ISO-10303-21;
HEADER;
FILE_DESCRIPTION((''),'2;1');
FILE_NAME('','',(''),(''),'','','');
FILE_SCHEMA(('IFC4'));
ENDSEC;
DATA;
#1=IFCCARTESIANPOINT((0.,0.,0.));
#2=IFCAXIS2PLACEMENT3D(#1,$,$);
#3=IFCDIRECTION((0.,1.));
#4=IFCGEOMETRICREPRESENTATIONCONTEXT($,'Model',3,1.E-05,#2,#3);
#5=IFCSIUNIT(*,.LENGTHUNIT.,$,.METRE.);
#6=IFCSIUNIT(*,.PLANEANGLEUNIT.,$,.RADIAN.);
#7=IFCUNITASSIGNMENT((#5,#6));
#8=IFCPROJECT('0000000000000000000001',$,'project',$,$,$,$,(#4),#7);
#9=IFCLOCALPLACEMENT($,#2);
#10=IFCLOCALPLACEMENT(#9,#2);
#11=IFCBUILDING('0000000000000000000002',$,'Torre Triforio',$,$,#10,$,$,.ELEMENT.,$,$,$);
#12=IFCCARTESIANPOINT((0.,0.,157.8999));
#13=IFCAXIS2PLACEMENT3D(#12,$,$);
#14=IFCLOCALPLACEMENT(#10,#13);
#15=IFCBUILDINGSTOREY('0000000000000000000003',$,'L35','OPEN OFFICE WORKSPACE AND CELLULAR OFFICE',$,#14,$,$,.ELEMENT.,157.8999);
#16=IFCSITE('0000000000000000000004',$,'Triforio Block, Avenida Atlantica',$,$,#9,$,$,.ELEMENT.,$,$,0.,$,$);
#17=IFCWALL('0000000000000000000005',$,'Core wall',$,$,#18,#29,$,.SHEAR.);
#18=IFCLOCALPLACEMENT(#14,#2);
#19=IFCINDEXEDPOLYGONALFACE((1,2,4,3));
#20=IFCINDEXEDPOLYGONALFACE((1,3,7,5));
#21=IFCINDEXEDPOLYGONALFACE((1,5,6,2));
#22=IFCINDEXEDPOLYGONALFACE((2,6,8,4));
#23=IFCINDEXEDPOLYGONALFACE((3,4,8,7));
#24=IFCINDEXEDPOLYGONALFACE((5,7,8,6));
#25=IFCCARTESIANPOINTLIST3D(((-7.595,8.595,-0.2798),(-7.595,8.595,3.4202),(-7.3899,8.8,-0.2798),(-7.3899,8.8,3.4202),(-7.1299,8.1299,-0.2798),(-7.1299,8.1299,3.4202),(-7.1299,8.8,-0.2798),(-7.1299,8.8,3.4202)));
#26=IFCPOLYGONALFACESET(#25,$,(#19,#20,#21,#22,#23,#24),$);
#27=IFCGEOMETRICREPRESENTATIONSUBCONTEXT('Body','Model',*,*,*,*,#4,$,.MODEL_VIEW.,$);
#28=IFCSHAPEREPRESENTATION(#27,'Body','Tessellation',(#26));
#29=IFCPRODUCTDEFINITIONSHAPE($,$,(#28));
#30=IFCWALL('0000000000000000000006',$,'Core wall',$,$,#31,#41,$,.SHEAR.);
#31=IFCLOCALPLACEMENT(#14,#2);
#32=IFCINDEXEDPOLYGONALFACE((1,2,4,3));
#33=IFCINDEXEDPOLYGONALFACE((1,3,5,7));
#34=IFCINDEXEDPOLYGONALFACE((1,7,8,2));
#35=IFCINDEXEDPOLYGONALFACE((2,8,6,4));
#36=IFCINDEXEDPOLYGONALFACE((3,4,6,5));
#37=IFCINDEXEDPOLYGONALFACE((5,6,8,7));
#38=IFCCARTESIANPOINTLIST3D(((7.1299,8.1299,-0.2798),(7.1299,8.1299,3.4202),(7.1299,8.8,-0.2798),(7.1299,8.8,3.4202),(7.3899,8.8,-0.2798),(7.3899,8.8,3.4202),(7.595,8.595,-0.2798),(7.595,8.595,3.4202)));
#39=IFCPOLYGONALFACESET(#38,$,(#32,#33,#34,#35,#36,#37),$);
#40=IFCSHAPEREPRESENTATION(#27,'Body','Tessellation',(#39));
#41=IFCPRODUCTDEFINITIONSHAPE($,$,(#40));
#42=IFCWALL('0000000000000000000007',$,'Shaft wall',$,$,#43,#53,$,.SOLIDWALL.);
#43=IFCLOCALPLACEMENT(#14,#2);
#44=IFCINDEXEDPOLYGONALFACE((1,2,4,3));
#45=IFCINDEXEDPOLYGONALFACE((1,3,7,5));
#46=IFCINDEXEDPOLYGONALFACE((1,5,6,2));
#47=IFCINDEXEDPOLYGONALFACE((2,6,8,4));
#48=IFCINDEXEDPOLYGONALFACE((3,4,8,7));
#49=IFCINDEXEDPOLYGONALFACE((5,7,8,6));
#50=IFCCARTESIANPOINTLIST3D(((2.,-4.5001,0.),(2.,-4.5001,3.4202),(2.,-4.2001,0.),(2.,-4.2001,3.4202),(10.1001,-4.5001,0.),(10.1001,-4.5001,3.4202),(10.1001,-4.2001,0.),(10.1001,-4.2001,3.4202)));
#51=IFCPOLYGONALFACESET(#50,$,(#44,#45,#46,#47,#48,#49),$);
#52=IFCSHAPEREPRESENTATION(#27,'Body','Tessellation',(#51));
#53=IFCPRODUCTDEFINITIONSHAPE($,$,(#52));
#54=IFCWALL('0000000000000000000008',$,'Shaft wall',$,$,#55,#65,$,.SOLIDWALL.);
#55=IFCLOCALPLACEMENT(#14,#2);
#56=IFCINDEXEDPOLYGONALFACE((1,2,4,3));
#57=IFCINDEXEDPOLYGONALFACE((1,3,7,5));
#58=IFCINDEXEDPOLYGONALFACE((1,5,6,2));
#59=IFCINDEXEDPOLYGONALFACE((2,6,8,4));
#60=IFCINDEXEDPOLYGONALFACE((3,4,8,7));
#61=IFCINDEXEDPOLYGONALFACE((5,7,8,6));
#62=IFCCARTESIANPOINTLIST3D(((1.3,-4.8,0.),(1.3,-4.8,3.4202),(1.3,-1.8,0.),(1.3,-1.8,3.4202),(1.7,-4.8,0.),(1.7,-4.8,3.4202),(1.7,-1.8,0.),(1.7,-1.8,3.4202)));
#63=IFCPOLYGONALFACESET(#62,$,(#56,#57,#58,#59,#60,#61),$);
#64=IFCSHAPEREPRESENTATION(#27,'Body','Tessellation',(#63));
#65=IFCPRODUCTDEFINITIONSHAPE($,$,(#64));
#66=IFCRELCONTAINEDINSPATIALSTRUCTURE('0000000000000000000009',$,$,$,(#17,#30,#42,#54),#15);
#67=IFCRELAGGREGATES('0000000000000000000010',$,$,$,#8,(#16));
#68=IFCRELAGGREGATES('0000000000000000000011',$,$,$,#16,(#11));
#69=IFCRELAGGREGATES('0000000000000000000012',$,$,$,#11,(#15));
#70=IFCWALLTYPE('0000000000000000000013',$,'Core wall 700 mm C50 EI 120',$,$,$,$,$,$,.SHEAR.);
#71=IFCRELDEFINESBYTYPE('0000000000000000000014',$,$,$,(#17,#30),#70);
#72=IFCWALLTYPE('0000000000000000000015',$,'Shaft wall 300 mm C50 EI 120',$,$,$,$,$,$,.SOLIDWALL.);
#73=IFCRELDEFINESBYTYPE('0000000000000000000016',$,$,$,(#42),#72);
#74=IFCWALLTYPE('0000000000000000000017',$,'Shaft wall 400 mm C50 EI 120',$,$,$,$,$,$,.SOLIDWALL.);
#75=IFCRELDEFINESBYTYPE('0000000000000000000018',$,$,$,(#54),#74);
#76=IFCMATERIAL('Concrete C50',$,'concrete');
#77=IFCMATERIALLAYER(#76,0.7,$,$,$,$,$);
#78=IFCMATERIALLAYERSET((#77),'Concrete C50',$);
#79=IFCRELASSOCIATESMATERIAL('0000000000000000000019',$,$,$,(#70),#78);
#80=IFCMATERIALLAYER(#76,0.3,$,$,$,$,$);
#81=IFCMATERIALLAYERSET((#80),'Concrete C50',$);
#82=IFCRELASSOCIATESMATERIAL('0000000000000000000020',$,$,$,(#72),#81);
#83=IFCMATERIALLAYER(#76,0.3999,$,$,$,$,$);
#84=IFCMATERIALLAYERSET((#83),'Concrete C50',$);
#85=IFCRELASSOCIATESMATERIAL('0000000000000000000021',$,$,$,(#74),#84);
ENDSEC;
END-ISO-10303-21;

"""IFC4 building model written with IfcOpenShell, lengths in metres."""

from ifc_helpers import new_model, si_unit, direction, frame, frame_2d, origin, place, context, subcontext, project, spatial, polyline, rectangle, outline, extrude, material, layer, layer_set, type_object, element, save


model = new_model("IFC4")

# Units and contexts
model_context = context("Model", 3, precision=1e-05, world=origin(), true_north=direction((0.0, 1.0)))
body_context = subcontext(model_context, "Body", "Model", "MODEL_VIEW")
ifc_project = project(units=[si_unit("LENGTHUNIT", "METRE"), si_unit("PLANEANGLEUNIT", "RADIAN")], contexts=[model_context])

# Site, building, storey
site_placement = place(None, origin())
site = spatial("IfcSite", under=ifc_project, at=site_placement, Name="Triforio Block, Avenida Atlantica", CompositionType="ELEMENT", RefElevation=0.0)
building_placement = place(site_placement, origin())
building = spatial("IfcBuilding", under=site, at=building_placement, Name="Torre Triforio", CompositionType="ELEMENT")
storey_placement = place(building_placement, frame((0.0, 0.0, 157.8999)))
storey = spatial("IfcBuildingStorey", under=building, at=storey_placement, Name="L35", Description="OPEN OFFICE WORKSPACE AND CELLULAR OFFICE", CompositionType="ELEMENT", Elevation=157.8999)

# Shared definitions
ifc_material_1 = material(Name="Concrete C50", Category="concrete")

# Walls
ifc_layer_1 = layer(ifc_material_1, 0.7)
ifc_layer_set_1 = layer_set([ifc_layer_1], Name="Concrete C50")
wall_type_1 = type_object("IfcWallType", Name="Core wall 700 mm C50 EI 120", PredefinedType="SHEAR", material=ifc_layer_set_1)
wall_1_placement = place(storey_placement, frame((0.0, 0.0, -0.2798)))
element("IfcWall", 1, at=wall_1_placement, inside=storey, type_object=wall_type_1, Name="Core wall", PredefinedType="SHEAR", context=body_context, shape_type="SweptSolid", body=[
    extrude(outline(polyline([(-7.3899, 8.8), (-7.1299, 8.8), (-7.1299, 8.8), (-7.1299, 8.1299), (-7.595, 8.595), (-7.595, 8.595), (-7.595, 8.595), (-7.3899, 8.8)])), origin(), (0.0, 0.0, 1.0), 3.7),
])
wall_2_placement = place(storey_placement, frame((0.0, 0.0, -0.2798)))
element("IfcWall", 2, at=wall_2_placement, inside=storey, type_object=wall_type_1, Name="Core wall", PredefinedType="SHEAR", context=body_context, shape_type="SweptSolid", body=[
    extrude(outline(polyline([(7.3899, 8.8), (7.595, 8.595), (7.595, 8.595), (7.595, 8.595), (7.1299, 8.1299), (7.1299, 8.8), (7.1299, 8.8), (7.3899, 8.8)])), origin(), (0.0, 0.0, 1.0), 3.7),
])
ifc_layer_2 = layer(ifc_material_1, 0.3)
ifc_layer_set_2 = layer_set([ifc_layer_2], Name="Concrete C50")
wall_type_2 = type_object("IfcWallType", Name="Shaft wall 300 mm C50 EI 120", PredefinedType="SOLIDWALL", material=ifc_layer_set_2)
wall_3_placement = place(storey_placement, frame((2.0, -4.3501, 0.0), z_axis=(0.0, 0.0, 1.0), x_axis=(1.0, 0.0, 0.0)))
element("IfcWall", 3, at=wall_3_placement, inside=storey, type_object=wall_type_2, Name="Shaft wall", PredefinedType="SOLIDWALL", context=body_context, shape_type="SweptSolid", body=[
    extrude(rectangle(XDim=8.1001, YDim=0.3, at=frame_2d((4.05, 0.0))), origin(), (0.0, 0.0, 1.0), 3.4202),
])
ifc_layer_3 = layer(ifc_material_1, 0.3999)
ifc_layer_set_3 = layer_set([ifc_layer_3], Name="Concrete C50")
wall_type_3 = type_object("IfcWallType", Name="Shaft wall 400 mm C50 EI 120", PredefinedType="SOLIDWALL", material=ifc_layer_set_3)
wall_4_placement = place(storey_placement, frame((1.5, -4.8, 0.0), z_axis=(0.0, 0.0, 1.0), x_axis=(0.0, 1.0, 0.0)))
element("IfcWall", 4, at=wall_4_placement, inside=storey, type_object=wall_type_3, Name="Shaft wall", PredefinedType="SOLIDWALL", context=body_context, shape_type="SweptSolid", body=[
    extrude(rectangle(XDim=3.0, YDim=0.3999, at=frame_2d((1.5, 0.0))), origin(), (0.0, 0.0, 1.0), 3.4202),
])

save(model, "model.ifc")
